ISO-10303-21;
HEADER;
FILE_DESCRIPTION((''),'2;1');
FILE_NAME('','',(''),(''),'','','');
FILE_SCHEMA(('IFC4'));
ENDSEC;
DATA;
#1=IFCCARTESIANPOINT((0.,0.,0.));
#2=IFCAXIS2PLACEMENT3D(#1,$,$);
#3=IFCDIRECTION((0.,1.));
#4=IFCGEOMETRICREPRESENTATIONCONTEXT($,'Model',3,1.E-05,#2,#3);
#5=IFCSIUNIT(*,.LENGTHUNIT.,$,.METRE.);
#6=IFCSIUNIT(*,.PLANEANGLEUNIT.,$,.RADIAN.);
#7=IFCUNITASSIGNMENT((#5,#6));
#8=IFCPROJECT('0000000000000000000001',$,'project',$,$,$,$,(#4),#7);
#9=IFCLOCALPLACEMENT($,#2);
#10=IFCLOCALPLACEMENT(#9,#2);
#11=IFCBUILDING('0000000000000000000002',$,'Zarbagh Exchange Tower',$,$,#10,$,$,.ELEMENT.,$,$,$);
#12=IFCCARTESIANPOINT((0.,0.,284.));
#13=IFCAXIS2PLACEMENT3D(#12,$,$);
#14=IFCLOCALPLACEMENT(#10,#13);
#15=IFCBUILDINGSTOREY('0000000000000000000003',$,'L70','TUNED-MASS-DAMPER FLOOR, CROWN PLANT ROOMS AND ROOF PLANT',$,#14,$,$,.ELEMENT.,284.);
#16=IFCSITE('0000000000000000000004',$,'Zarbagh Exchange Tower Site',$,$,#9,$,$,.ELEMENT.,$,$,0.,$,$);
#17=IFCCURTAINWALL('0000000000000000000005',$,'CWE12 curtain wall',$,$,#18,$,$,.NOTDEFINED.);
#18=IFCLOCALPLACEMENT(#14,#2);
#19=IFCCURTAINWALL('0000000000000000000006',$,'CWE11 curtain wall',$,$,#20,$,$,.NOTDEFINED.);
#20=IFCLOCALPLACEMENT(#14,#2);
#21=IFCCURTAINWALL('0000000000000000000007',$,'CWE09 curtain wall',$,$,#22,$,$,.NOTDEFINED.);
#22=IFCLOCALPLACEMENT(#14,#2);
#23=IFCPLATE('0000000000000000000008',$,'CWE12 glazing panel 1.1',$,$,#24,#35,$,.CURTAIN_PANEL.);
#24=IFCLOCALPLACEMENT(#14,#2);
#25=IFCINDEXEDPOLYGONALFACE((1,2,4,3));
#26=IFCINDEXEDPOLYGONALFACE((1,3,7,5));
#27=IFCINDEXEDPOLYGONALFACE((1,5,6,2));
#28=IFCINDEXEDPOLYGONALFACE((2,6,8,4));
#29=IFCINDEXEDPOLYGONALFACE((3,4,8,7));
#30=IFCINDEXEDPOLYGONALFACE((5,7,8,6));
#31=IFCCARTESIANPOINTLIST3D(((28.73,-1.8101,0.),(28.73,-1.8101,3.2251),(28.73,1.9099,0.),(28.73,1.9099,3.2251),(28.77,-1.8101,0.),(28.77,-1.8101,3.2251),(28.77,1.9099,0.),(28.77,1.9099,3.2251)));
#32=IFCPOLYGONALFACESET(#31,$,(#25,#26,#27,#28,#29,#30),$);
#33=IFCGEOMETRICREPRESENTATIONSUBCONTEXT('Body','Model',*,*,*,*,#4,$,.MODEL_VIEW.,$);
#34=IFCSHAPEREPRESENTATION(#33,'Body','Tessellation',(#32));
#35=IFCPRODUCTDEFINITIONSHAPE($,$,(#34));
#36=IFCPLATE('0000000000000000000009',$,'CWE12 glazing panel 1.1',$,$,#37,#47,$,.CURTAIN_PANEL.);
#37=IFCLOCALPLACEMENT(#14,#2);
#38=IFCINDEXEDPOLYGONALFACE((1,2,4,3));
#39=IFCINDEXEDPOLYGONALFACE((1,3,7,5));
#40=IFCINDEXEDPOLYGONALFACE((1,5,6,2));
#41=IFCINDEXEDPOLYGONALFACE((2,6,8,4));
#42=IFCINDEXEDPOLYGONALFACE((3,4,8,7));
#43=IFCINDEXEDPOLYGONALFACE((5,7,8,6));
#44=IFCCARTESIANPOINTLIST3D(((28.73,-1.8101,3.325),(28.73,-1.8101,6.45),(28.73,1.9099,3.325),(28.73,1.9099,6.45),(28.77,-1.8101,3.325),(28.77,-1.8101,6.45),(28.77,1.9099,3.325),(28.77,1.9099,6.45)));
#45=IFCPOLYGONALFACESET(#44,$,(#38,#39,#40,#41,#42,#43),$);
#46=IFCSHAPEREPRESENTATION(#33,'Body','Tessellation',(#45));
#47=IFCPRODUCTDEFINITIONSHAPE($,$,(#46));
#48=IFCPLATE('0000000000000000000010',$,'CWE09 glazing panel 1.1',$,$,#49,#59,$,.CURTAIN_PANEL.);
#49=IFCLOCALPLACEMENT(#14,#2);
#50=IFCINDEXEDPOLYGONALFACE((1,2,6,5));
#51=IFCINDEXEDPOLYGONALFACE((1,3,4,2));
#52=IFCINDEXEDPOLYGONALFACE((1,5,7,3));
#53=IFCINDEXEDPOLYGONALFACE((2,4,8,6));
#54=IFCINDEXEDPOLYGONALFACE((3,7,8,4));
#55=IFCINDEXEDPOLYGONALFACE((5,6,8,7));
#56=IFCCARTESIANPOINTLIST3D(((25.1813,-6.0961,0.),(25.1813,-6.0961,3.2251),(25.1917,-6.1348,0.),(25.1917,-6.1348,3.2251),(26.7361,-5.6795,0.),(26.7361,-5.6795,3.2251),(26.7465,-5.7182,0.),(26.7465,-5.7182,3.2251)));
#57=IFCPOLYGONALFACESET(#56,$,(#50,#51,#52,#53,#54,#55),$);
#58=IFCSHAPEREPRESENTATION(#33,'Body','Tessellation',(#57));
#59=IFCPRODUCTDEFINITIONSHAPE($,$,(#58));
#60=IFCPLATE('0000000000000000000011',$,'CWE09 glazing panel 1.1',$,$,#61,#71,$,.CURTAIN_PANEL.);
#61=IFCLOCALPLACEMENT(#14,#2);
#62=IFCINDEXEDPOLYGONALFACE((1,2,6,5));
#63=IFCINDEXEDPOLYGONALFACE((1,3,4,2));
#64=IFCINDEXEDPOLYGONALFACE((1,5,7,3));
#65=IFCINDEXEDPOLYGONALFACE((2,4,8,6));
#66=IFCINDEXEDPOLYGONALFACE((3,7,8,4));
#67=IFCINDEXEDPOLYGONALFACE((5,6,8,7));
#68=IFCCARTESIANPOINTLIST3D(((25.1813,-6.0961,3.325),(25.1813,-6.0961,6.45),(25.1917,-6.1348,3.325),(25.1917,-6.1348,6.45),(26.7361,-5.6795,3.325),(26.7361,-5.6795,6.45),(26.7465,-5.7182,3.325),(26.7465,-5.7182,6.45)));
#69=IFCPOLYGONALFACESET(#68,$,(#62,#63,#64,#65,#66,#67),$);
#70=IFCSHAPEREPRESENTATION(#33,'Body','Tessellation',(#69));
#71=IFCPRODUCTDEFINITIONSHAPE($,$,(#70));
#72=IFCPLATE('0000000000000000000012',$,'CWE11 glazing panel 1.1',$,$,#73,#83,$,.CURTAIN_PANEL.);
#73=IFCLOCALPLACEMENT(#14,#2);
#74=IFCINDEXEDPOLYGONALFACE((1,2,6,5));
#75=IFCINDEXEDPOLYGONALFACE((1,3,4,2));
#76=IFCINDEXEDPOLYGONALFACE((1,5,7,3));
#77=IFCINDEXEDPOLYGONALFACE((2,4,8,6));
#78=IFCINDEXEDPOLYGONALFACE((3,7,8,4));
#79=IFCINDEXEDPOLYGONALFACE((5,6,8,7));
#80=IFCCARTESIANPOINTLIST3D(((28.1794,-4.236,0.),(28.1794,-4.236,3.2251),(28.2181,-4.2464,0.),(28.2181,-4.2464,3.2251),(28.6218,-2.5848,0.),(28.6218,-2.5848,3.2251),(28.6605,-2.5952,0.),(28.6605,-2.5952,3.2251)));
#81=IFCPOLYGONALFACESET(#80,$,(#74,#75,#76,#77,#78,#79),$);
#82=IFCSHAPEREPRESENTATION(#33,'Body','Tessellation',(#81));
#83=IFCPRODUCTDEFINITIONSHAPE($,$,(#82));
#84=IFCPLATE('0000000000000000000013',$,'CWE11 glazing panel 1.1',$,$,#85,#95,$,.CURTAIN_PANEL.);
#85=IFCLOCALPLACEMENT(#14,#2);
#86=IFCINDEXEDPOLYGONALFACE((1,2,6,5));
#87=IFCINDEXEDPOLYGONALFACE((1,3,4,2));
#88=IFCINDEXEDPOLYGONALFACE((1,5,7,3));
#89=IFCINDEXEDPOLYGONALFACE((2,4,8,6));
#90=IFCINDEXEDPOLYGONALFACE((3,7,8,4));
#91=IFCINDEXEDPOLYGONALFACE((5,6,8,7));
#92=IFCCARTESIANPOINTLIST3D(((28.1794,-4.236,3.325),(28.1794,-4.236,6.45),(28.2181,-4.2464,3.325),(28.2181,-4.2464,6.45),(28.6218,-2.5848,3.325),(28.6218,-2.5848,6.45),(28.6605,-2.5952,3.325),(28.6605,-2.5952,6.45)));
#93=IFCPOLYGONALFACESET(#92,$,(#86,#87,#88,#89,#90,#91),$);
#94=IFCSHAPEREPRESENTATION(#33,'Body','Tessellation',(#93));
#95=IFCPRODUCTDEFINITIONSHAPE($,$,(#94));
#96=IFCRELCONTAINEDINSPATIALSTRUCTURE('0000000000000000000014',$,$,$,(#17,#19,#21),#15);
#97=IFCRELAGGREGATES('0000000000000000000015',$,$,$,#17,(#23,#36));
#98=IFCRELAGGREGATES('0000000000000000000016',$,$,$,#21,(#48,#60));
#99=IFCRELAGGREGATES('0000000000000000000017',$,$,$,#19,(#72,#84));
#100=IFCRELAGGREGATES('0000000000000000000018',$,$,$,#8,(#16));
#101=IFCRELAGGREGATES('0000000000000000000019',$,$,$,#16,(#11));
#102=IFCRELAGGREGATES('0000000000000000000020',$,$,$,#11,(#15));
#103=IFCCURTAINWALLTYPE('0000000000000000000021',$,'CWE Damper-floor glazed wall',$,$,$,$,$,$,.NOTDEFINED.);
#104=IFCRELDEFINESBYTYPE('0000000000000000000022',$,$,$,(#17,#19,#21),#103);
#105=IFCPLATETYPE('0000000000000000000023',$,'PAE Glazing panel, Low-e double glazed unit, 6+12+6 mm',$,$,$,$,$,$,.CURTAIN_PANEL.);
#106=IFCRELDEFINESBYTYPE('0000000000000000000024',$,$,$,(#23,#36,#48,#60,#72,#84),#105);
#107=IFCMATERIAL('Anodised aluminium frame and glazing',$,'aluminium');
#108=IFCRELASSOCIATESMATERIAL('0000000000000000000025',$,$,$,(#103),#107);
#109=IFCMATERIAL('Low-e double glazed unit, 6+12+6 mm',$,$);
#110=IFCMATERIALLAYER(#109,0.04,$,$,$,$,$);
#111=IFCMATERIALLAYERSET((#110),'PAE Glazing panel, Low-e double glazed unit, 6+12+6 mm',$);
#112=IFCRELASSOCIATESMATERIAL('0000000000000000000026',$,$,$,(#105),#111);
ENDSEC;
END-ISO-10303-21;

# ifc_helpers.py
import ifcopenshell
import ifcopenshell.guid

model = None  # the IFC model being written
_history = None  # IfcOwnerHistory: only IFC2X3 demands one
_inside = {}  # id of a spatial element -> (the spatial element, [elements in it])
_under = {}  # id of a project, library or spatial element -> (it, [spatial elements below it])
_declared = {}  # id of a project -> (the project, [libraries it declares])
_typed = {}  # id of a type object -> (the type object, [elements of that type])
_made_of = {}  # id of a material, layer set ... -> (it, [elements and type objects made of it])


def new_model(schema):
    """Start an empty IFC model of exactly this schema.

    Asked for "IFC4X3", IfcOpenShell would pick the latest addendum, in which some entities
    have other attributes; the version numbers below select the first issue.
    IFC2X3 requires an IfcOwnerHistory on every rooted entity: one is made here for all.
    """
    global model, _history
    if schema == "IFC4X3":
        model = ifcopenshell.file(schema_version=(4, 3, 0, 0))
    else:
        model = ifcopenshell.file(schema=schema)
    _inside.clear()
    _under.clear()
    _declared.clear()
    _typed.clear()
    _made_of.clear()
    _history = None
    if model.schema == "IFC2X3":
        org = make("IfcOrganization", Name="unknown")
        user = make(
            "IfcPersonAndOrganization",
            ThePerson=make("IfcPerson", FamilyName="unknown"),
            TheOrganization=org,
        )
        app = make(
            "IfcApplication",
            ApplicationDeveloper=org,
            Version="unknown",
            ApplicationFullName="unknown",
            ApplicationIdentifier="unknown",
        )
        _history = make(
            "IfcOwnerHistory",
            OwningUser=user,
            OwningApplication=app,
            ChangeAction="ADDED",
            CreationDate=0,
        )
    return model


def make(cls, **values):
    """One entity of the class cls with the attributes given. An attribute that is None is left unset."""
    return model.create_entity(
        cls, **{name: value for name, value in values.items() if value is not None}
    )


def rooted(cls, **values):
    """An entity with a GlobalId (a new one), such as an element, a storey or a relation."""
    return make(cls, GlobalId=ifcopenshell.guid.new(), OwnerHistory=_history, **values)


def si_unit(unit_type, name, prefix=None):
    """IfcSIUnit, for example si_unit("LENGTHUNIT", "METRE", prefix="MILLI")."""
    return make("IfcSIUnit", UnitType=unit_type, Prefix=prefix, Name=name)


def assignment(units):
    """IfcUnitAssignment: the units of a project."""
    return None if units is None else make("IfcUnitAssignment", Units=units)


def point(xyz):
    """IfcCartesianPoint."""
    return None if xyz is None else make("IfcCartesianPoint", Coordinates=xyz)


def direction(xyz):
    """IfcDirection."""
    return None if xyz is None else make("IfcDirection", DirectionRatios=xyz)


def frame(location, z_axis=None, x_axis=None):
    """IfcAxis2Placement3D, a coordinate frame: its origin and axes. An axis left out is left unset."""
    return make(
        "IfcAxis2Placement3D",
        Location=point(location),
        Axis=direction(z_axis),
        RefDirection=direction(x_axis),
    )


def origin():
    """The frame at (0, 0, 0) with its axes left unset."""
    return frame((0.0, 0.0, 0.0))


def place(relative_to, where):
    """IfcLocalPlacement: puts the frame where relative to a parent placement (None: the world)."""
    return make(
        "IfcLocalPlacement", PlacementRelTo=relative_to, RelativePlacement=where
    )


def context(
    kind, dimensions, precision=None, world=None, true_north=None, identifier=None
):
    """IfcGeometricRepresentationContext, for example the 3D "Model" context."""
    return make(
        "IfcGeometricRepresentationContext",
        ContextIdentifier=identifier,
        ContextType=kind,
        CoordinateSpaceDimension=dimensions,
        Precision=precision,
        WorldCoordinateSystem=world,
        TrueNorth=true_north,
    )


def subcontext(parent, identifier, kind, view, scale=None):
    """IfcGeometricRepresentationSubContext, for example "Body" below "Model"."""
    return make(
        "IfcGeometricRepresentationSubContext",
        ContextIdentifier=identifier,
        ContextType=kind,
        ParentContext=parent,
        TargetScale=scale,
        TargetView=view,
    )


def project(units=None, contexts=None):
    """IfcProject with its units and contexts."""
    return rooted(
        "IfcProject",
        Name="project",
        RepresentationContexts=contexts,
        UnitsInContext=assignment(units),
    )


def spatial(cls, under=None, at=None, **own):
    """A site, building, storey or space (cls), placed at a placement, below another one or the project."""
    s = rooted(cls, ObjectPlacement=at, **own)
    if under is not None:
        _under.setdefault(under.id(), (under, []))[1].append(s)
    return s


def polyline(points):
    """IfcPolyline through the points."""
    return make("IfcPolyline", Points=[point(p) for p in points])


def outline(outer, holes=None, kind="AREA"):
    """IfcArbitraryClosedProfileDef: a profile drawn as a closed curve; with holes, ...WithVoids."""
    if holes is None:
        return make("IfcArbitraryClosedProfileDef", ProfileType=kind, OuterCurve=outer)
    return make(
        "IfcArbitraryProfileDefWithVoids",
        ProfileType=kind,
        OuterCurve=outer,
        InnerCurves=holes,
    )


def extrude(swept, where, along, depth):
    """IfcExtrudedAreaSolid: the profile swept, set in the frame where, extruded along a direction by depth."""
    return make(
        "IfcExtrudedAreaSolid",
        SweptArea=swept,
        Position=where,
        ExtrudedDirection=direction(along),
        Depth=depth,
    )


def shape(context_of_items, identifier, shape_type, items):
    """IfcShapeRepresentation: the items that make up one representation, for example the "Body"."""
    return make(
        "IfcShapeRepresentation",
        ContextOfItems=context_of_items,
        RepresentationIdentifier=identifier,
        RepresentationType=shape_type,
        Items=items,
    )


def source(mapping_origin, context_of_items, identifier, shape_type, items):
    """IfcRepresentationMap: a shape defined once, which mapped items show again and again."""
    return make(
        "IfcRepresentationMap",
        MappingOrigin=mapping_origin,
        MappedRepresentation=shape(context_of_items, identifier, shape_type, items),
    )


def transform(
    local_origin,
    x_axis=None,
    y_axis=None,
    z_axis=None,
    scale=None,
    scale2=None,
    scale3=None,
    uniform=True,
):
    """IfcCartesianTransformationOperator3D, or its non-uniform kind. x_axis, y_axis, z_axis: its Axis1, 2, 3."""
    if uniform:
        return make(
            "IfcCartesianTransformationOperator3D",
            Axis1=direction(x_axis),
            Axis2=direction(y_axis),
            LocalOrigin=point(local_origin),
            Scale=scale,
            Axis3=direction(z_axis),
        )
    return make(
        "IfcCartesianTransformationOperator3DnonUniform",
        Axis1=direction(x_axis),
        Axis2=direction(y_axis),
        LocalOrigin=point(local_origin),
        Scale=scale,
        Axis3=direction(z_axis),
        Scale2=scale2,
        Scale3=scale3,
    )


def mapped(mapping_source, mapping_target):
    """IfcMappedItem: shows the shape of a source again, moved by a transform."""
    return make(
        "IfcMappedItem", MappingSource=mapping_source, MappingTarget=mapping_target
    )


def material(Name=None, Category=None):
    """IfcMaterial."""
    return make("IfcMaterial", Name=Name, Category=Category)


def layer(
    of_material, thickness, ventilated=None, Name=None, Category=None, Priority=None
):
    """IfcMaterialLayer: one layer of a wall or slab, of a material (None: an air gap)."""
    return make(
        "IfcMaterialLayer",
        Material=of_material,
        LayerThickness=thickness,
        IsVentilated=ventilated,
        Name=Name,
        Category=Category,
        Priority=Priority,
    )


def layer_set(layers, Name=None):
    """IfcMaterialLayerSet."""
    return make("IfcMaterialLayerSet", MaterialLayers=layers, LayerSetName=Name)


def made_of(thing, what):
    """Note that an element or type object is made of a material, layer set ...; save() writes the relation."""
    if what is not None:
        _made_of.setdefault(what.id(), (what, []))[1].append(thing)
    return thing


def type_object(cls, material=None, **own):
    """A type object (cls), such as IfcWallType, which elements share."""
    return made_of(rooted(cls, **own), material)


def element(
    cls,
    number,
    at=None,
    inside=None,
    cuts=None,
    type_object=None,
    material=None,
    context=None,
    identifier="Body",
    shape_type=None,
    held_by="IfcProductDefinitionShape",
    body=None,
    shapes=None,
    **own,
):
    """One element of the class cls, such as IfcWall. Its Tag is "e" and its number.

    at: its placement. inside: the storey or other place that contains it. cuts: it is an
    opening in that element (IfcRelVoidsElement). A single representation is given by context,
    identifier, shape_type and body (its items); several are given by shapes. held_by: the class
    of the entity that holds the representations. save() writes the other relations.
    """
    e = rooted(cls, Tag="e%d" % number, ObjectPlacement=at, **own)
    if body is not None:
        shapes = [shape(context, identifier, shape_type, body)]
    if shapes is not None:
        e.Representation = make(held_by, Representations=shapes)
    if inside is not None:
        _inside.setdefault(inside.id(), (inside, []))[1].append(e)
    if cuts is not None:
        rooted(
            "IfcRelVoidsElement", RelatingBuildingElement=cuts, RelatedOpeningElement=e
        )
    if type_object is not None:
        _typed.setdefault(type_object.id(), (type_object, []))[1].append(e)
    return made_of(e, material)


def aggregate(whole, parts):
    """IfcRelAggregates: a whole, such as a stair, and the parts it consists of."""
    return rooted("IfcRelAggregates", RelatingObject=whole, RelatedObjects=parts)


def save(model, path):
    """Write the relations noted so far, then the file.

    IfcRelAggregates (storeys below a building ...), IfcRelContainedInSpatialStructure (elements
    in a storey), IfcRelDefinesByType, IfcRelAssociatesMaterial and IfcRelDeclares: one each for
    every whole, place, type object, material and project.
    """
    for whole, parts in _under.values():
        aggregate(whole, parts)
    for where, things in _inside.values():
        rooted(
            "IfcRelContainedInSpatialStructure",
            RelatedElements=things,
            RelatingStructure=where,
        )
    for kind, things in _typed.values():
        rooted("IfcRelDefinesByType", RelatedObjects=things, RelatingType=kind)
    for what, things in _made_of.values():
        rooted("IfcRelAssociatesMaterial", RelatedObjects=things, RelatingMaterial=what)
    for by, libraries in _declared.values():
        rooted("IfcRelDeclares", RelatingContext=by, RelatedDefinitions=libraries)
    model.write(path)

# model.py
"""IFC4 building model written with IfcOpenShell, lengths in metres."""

from ifc_helpers import new_model, si_unit, direction, frame, origin, place, context, subcontext, project, spatial, polyline, outline, extrude, source, transform, mapped, material, layer, layer_set, type_object, element, aggregate, save


model = new_model("IFC4")

# Units and contexts
model_context = context("Model", 3, precision=1e-05, world=origin(), true_north=direction((0.0, 1.0)))
body_context = subcontext(model_context, "Body", "Model", "MODEL_VIEW")
ifc_project = project(units=[si_unit("LENGTHUNIT", "METRE"), si_unit("PLANEANGLEUNIT", "RADIAN")], contexts=[model_context])

# Site, building, storey
site_placement = place(None, origin())
site = spatial("IfcSite", under=ifc_project, at=site_placement, Name="Zarbagh Exchange Tower Site", CompositionType="ELEMENT", RefElevation=0.0)
building_placement = place(site_placement, origin())
building = spatial("IfcBuilding", under=site, at=building_placement, Name="Zarbagh Exchange Tower", CompositionType="ELEMENT")
storey_placement = place(building_placement, frame((0.0, 0.0, 284.0)))
storey = spatial("IfcBuildingStorey", under=building, at=storey_placement, Name="L70", Description="TUNED-MASS-DAMPER FLOOR, CROWN PLANT ROOMS AND ROOF PLANT", CompositionType="ELEMENT", Elevation=284.0)

# Curtain wall
ifc_material_1 = material(Name="Anodised aluminium frame and glazing", Category="aluminium")
curtain_wall_type = type_object("IfcCurtainWallType", Name="CWE Damper-floor glazed wall", PredefinedType="NOTDEFINED", material=ifc_material_1)
curtain_wall_1_placement = place(storey_placement, origin())
curtain_wall_1 = element("IfcCurtainWall", 1, at=curtain_wall_1_placement, inside=storey, type_object=curtain_wall_type, Name="CWE12 curtain wall", PredefinedType="NOTDEFINED")
placement = place(storey_placement, origin())

# Curtain walls
curtain_wall_2_placement = place(storey_placement, origin())
curtain_wall_2 = element("IfcCurtainWall", 2, at=curtain_wall_2_placement, inside=storey, type_object=curtain_wall_type, Name="CWE11 curtain wall", PredefinedType="NOTDEFINED")
curtain_wall_3_placement = place(storey_placement, origin())
curtain_wall_3 = element("IfcCurtainWall", 3, at=curtain_wall_3_placement, inside=storey, type_object=curtain_wall_type, Name="CWE09 curtain wall", PredefinedType="NOTDEFINED")

# Plates
ifc_material_2 = material(Name="Low-e double glazed unit, 6+12+6 mm")
ifc_layer = layer(ifc_material_2, 0.04)
ifc_layer_set = layer_set([ifc_layer], Name="PAE Glazing panel, Low-e double glazed unit, 6+12+6 mm")
plate_type = type_object("IfcPlateType", Name="PAE Glazing panel, Low-e double glazed unit, 6+12+6 mm", PredefinedType="CURTAIN_PANEL", material=ifc_layer_set)
shared_shape_1 = source(origin(), body_context, "Body", "SweptSolid", [
    extrude(outline(polyline([(0.0, -0.02), (3.72, -0.02), (3.72, 0.02), (0.0, 0.02), (0.0, -0.02)])), origin(), (0.0, 0.0, 1.0), 3.2251),
])
plate_1 = element("IfcPlate", 4, at=placement, type_object=plate_type, Name="CWE12 glazing panel 1.1", PredefinedType="CURTAIN_PANEL", context=body_context, shape_type="MappedRepresentation", body=[
    mapped(shared_shape_1, transform((28.75, -1.8101, 0.0), x_axis=(0.0, 1.0, 0.0), y_axis=(-1.0, 0.0, 0.0), z_axis=(0.0, 0.0, 1.0))),
])
shared_shape_2 = source(origin(), body_context, "Body", "SweptSolid", [
    extrude(outline(polyline([(0.0, -0.02), (3.72, -0.02), (3.72, 0.02), (0.0, 0.02), (0.0, -0.02)])), origin(), (0.0, 0.0, 1.0), 3.125),
])
plate_2 = element("IfcPlate", 5, at=placement, type_object=plate_type, Name="CWE12 glazing panel 1.1", PredefinedType="CURTAIN_PANEL", context=body_context, shape_type="MappedRepresentation", body=[
    mapped(shared_shape_2, transform((28.75, -1.8101, 3.325), x_axis=(0.0, 1.0, 0.0), y_axis=(-1.0, 0.0, 0.0), z_axis=(0.0, 0.0, 1.0))),
])
aggregate(curtain_wall_1, [plate_1, plate_2])
shared_shape_3 = source(origin(), body_context, "Body", "SweptSolid", [
    extrude(outline(polyline([(0.0, -0.02), (1.6096, -0.02), (1.6096, 0.02), (0.0, 0.02), (0.0, -0.02)])), origin(), (0.0, 0.0, 1.0), 3.2251),
])
plate_3 = element("IfcPlate", 6, at=placement, type_object=plate_type, Name="CWE09 glazing panel 1.1", PredefinedType="CURTAIN_PANEL", context=body_context, shape_type="MappedRepresentation", body=[
    mapped(shared_shape_3, transform((25.1865, -6.1155, 0.0), x_axis=(0.965924, 0.258825, 0.0), y_axis=(-0.258825, 0.965924, 0.0), z_axis=(0.0, 0.0, 1.0))),
])
shared_shape_4 = source(origin(), body_context, "Body", "SweptSolid", [
    extrude(outline(polyline([(0.0, -0.02), (1.6096, -0.02), (1.6096, 0.02), (0.0, 0.02), (0.0, -0.02)])), origin(), (0.0, 0.0, 1.0), 3.125),
])
plate_4 = element("IfcPlate", 7, at=placement, type_object=plate_type, Name="CWE09 glazing panel 1.1", PredefinedType="CURTAIN_PANEL", context=body_context, shape_type="MappedRepresentation", body=[
    mapped(shared_shape_4, transform((25.1865, -6.1155, 3.325), x_axis=(0.965924, 0.258825, 0.0), y_axis=(-0.258825, 0.965924, 0.0), z_axis=(0.0, 0.0, 1.0))),
])
aggregate(curtain_wall_3, [plate_3, plate_4])
shared_shape_5 = source(origin(), body_context, "Body", "SweptSolid", [
    extrude(outline(polyline([(0.0, -0.02), (1.7095, -0.02), (1.7095, 0.02), (0.0, 0.02), (0.0, -0.02)])), origin(), (0.0, 0.0, 1.0), 3.2251),
])
plate_5 = element("IfcPlate", 8, at=placement, type_object=plate_type, Name="CWE11 glazing panel 1.1", PredefinedType="CURTAIN_PANEL", context=body_context, shape_type="MappedRepresentation", body=[
    mapped(shared_shape_5, transform((28.1987, -4.2412, 0.0), x_axis=(0.258825, 0.965924, 0.0), y_axis=(-0.965924, 0.258825, 0.0), z_axis=(0.0, 0.0, 1.0))),
])
shared_shape_6 = source(origin(), body_context, "Body", "SweptSolid", [
    extrude(outline(polyline([(0.0, -0.02), (1.7095, -0.02), (1.7095, 0.02), (0.0, 0.02), (0.0, -0.02)])), origin(), (0.0, 0.0, 1.0), 3.125),
])
plate_6 = element("IfcPlate", 9, at=placement, type_object=plate_type, Name="CWE11 glazing panel 1.1", PredefinedType="CURTAIN_PANEL", context=body_context, shape_type="MappedRepresentation", body=[
    mapped(shared_shape_6, transform((28.1987, -4.2412, 3.325), x_axis=(0.258825, 0.965924, 0.0), y_axis=(-0.965924, 0.258825, 0.0), z_axis=(0.0, 0.0, 1.0))),
])
aggregate(curtain_wall_2, [plate_5, plate_6])

save(model, "model.ifc")
